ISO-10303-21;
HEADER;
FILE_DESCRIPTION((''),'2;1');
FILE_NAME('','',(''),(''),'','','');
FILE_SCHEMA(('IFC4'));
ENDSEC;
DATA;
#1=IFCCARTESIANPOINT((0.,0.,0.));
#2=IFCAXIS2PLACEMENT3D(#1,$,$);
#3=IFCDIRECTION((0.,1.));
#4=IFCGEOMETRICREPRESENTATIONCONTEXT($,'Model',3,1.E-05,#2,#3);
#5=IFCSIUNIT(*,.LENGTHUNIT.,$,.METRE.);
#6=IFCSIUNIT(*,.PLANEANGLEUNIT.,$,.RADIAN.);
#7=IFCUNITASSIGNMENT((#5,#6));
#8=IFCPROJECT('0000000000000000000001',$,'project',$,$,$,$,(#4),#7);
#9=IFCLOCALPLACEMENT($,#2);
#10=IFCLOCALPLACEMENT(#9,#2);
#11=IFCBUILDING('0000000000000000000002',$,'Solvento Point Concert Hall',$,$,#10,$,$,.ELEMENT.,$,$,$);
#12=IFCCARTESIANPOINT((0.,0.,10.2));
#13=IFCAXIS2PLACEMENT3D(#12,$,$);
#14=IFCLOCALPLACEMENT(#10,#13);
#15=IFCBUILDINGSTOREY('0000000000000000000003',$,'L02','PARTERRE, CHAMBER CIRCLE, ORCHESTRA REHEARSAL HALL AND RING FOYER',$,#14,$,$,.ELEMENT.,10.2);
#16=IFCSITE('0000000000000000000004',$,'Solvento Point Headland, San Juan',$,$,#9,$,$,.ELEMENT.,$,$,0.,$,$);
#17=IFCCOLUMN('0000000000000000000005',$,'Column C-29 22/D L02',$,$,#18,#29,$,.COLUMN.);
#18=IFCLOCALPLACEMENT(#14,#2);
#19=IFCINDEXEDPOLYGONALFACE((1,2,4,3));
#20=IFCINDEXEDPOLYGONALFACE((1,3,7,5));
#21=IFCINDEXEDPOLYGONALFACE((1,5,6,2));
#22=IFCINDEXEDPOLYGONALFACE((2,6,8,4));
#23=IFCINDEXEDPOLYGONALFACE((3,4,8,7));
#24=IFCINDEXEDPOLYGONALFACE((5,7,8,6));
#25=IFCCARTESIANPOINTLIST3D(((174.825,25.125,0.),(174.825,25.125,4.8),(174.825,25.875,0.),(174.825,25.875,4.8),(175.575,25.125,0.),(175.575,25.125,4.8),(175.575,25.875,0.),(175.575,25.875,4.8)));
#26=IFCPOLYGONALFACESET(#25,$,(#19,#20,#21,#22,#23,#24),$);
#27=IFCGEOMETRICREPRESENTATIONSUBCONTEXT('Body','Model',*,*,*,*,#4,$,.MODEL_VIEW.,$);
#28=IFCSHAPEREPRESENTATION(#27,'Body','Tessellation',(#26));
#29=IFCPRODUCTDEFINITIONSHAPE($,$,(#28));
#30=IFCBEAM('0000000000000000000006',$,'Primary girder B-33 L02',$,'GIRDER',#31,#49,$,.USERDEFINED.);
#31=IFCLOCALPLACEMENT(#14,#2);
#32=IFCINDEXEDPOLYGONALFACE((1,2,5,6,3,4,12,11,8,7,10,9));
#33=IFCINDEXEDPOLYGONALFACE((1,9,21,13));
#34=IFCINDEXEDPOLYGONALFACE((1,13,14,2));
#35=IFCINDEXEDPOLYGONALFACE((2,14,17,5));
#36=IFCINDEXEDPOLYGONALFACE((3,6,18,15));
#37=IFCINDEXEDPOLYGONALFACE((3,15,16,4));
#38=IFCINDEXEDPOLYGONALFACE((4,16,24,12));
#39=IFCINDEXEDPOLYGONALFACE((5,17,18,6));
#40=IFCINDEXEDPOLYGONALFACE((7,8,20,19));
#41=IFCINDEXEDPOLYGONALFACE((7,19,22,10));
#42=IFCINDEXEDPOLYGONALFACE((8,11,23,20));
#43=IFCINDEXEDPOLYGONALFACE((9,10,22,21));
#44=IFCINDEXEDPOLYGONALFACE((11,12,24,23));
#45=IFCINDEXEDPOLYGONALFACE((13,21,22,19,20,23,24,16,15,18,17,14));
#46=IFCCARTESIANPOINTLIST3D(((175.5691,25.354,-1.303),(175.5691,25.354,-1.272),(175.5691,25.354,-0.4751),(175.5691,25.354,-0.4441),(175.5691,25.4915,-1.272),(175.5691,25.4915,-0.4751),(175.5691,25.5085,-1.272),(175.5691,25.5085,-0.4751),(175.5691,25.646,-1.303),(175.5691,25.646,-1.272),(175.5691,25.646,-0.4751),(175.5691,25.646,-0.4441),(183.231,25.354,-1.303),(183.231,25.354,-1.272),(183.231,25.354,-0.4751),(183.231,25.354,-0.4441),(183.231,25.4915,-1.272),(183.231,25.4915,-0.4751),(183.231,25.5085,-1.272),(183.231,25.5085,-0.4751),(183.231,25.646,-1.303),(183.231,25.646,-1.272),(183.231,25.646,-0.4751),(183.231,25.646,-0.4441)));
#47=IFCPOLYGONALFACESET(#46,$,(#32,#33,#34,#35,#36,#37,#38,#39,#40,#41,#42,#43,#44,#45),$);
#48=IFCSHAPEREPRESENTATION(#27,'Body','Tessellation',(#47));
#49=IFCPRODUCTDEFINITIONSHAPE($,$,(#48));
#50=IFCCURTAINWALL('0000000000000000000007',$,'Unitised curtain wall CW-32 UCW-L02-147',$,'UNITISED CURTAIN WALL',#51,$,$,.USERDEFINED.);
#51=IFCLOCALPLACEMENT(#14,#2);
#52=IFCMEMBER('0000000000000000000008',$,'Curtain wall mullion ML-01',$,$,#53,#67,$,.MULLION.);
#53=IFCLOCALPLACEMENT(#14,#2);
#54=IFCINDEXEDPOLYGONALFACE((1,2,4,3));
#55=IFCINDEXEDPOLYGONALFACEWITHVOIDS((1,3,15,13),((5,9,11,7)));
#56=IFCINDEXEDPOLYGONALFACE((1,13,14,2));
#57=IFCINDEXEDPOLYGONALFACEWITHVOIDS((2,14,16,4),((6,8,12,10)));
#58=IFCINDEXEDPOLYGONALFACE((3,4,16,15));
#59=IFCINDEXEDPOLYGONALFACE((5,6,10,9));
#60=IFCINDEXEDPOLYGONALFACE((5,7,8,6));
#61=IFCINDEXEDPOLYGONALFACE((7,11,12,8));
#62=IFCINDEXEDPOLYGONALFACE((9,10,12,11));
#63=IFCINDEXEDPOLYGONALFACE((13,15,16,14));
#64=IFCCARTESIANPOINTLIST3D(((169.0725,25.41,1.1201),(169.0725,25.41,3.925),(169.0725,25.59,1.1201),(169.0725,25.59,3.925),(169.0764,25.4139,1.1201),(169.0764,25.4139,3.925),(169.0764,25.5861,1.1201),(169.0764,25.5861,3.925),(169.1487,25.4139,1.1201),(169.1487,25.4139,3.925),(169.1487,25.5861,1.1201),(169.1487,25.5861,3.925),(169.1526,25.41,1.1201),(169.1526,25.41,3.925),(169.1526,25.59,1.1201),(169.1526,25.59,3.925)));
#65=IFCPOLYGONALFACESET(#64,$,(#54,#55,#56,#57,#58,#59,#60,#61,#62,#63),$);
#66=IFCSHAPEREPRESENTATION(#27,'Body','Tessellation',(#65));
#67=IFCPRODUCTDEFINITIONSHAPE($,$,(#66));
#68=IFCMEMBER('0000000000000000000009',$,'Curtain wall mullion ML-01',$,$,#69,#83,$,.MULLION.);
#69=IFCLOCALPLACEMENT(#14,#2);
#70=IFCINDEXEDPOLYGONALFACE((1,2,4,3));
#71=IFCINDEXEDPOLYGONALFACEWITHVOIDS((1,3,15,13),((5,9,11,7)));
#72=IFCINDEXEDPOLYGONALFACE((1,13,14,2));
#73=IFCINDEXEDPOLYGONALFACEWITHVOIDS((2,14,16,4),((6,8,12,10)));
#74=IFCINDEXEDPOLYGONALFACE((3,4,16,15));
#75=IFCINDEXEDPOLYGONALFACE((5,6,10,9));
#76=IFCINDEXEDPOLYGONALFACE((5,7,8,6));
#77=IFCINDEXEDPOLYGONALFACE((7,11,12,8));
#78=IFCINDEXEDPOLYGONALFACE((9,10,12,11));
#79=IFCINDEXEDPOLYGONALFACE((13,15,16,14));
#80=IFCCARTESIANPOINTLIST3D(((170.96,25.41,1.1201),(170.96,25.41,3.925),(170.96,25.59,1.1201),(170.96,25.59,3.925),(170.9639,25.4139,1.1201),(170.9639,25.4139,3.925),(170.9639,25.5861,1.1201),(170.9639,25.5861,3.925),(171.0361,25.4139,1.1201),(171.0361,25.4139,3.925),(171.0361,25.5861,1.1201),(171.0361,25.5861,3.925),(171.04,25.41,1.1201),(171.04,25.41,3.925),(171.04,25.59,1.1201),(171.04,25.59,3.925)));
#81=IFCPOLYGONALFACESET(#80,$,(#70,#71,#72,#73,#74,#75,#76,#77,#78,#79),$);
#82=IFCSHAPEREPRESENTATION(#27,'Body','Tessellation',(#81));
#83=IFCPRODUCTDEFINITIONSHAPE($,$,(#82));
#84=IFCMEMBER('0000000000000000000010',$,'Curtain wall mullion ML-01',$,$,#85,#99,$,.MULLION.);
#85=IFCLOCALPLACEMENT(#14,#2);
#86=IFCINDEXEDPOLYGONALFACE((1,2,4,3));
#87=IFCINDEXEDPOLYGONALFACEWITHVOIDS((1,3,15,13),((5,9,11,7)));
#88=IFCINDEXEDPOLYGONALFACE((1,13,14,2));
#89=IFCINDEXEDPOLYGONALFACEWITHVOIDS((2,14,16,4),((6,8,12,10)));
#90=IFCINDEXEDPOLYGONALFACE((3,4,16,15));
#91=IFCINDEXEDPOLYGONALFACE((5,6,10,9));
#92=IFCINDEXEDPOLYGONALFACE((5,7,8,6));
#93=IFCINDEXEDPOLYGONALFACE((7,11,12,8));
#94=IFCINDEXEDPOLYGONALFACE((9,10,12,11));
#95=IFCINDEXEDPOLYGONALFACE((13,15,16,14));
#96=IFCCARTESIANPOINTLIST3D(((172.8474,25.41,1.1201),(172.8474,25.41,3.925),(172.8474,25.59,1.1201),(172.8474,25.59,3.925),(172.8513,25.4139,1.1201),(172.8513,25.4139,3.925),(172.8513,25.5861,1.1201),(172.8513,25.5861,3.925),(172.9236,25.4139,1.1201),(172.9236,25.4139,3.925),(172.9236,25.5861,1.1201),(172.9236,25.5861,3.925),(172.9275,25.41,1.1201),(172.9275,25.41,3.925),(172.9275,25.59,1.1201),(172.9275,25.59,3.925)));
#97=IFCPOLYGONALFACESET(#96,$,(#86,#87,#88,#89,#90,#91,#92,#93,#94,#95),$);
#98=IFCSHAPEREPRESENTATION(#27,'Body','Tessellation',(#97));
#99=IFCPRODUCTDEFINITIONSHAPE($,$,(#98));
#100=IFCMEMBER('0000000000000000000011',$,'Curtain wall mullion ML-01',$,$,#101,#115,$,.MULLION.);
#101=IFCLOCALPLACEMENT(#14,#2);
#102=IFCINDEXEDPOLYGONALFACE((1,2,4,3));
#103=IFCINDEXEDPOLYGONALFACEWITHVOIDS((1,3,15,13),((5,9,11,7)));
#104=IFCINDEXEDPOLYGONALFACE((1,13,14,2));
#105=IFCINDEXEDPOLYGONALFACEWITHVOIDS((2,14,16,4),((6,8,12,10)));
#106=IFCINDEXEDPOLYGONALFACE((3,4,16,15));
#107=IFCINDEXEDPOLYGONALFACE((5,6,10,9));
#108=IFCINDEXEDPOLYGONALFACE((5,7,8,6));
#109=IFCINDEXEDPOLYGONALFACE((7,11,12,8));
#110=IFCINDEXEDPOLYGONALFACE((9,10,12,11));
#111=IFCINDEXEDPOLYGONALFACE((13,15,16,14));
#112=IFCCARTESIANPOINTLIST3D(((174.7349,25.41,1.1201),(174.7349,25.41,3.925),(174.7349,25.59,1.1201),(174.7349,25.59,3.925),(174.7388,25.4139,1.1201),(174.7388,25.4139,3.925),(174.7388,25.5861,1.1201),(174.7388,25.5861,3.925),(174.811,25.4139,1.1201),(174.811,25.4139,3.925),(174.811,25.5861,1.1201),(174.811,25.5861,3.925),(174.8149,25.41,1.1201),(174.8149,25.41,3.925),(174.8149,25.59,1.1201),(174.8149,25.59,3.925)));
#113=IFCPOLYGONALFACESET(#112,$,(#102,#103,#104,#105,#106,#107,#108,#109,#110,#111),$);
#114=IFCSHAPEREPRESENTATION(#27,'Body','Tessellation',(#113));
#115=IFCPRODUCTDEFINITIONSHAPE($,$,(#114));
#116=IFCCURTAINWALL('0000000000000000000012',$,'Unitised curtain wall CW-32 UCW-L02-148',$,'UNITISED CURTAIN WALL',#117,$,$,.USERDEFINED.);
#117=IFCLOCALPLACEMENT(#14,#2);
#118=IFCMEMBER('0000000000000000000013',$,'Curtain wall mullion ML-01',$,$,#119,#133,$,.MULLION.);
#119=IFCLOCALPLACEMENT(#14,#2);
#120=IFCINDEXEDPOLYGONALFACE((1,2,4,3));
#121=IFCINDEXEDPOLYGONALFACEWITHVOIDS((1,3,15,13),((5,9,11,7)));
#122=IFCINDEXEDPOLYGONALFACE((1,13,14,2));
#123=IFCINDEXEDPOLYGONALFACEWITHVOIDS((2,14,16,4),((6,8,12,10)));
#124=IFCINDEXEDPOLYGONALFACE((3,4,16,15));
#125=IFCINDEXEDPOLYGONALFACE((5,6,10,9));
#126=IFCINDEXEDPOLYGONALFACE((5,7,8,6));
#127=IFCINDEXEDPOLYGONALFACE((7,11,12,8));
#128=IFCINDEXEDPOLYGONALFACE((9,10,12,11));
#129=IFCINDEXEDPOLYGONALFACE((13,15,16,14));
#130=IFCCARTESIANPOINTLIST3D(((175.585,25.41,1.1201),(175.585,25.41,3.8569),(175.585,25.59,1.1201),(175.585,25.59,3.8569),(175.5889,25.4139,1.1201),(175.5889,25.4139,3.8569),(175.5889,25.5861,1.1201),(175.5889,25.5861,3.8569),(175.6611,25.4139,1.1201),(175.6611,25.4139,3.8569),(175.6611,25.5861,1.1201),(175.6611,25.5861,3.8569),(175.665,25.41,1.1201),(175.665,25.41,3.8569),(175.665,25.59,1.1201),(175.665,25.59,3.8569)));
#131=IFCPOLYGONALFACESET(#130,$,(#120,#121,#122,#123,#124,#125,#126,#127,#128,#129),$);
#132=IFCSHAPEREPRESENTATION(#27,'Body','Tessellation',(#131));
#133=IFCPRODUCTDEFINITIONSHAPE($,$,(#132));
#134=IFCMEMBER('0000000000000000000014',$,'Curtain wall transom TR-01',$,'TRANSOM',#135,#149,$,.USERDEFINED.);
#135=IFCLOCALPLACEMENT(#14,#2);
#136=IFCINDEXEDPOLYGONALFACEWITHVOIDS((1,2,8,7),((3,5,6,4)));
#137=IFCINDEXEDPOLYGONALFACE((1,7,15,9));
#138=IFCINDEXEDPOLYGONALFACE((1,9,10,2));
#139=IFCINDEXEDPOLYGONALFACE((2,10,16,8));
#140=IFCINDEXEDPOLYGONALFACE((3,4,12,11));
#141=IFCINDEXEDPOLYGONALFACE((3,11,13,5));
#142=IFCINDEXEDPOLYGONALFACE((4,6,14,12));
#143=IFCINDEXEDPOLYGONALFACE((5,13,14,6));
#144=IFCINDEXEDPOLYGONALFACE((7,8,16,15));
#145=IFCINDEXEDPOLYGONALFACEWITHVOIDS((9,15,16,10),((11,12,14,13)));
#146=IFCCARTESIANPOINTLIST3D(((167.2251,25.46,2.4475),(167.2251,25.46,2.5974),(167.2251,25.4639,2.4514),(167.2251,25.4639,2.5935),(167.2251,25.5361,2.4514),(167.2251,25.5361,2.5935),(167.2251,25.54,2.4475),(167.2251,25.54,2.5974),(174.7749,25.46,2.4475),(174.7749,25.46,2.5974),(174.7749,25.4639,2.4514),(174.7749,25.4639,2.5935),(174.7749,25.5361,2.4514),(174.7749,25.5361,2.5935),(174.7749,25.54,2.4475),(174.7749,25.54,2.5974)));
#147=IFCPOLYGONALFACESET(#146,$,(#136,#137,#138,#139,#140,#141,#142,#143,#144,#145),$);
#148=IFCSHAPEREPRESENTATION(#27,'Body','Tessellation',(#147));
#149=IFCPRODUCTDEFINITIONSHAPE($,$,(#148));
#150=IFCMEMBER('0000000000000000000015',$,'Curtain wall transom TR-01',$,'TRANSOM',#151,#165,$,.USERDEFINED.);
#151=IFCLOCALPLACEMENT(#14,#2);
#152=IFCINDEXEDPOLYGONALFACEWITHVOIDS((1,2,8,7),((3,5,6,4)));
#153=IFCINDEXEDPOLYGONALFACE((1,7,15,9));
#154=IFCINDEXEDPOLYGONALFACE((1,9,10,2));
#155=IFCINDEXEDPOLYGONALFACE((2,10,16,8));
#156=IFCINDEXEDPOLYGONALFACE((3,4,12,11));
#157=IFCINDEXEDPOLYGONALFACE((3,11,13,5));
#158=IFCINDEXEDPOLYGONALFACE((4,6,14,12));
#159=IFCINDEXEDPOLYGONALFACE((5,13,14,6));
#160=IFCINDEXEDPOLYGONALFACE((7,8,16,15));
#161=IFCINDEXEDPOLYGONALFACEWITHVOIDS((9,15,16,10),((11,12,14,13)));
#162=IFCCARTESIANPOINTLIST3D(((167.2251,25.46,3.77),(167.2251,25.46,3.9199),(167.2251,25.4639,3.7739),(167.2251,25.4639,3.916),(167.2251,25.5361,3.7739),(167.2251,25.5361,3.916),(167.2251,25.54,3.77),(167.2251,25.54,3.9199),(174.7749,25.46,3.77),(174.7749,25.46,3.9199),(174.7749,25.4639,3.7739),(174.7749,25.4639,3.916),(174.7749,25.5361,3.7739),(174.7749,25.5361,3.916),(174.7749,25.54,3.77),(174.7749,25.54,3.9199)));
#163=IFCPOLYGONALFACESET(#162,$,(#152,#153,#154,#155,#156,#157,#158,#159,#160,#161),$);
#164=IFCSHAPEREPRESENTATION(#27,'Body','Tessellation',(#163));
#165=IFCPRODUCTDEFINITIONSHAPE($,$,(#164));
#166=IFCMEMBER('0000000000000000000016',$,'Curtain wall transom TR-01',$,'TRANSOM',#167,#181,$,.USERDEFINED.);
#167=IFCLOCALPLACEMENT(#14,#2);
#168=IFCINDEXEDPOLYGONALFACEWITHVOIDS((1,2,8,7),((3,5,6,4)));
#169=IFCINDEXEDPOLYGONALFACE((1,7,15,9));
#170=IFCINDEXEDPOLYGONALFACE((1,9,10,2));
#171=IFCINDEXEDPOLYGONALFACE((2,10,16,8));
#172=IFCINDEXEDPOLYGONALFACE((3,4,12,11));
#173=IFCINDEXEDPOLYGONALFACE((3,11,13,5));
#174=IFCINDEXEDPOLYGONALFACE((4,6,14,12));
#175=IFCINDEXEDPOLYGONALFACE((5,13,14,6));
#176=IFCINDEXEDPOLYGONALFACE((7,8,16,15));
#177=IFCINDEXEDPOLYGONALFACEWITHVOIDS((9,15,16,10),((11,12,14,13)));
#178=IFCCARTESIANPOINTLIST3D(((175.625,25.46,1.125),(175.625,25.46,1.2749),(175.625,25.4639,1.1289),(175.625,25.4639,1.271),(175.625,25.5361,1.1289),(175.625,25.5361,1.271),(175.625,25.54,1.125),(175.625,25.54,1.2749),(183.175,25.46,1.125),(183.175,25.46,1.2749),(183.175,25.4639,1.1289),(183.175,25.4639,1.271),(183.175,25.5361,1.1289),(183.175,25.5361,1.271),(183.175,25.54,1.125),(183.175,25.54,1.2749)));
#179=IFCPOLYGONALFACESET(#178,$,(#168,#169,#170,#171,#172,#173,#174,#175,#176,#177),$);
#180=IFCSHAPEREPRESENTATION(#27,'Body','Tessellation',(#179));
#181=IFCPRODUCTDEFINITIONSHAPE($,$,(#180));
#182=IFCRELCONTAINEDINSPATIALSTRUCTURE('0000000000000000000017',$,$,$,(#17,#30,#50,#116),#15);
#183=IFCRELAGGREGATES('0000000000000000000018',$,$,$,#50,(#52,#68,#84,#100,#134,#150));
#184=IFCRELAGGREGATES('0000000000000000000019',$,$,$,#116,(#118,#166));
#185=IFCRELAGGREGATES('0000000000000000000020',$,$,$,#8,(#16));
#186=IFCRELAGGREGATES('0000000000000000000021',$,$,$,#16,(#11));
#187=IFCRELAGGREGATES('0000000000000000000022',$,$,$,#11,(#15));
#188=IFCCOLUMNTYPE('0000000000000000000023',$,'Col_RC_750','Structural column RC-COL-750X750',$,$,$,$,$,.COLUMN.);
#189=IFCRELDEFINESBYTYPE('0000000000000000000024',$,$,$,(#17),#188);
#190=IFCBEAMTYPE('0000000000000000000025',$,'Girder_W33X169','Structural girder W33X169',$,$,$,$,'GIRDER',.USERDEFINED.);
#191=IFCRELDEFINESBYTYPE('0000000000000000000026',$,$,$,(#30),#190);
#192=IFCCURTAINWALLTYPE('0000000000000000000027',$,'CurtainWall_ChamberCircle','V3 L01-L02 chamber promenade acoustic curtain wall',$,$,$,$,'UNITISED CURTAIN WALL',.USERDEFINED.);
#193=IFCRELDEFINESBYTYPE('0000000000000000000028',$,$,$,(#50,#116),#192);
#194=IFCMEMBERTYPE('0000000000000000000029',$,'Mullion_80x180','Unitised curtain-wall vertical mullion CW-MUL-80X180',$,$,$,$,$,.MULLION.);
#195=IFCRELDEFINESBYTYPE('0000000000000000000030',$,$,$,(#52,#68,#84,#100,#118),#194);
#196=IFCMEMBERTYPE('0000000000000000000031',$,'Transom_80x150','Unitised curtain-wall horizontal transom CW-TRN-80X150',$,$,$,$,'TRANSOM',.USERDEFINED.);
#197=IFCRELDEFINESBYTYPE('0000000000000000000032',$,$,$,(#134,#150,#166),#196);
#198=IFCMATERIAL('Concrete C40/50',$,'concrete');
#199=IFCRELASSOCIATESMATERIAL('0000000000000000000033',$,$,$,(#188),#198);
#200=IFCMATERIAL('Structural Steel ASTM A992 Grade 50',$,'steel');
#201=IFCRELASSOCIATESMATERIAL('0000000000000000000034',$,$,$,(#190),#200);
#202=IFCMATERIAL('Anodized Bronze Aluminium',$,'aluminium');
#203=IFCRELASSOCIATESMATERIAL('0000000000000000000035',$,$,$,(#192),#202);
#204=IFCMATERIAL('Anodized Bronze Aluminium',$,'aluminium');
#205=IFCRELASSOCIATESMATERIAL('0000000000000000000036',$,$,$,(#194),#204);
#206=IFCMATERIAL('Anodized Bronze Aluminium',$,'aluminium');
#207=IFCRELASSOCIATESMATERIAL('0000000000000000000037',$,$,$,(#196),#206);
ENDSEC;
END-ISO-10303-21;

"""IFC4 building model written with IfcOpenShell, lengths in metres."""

from ifc_helpers import new_model, si_unit, direction, frame, origin, origin_2d, place, context, subcontext, project, spatial, rectangle, hollow_rectangle, i_section, extrude, material, material_profile, profile_set, type_object, element, aggregate, save


model = new_model("IFC4")

# Units and contexts
model_context = context("Model", 3, precision=1e-05, world=origin(), true_north=direction((0.0, 1.0)))
body_context = subcontext(model_context, "Body", "Model", "MODEL_VIEW")
ifc_project = project(units=[si_unit("LENGTHUNIT", "METRE"), si_unit("PLANEANGLEUNIT", "RADIAN")], contexts=[model_context])

# Site, building, storey
site_placement = place(None, origin())
site = spatial("IfcSite", under=ifc_project, at=site_placement, Name="Solvento Point Headland, San Juan", CompositionType="ELEMENT", RefElevation=0.0)
building_placement = place(site_placement, origin())
building = spatial("IfcBuilding", under=site, at=building_placement, Name="Solvento Point Concert Hall", CompositionType="ELEMENT")
storey_placement = place(building_placement, frame((0.0, 0.0, 10.2)))
storey = spatial("IfcBuildingStorey", under=building, at=storey_placement, Name="L02", Description="PARTERRE, CHAMBER CIRCLE, ORCHESTRA REHEARSAL HALL AND RING FOYER", CompositionType="ELEMENT", Elevation=10.2)

# Column
ifc_material_1 = material(Name="Concrete C40/50", Category="concrete")
ifc_material_profile_1 = material_profile(ifc_material_1, rectangle(XDim=0.75, YDim=0.75, at=origin_2d()), Name="RC-COL-750X750")
ifc_profile_set_1 = profile_set([ifc_material_profile_1], Name="Concrete C40/50")
column_type = type_object("IfcColumnType", Name="Col_RC_750", Description="Structural column RC-COL-750X750", PredefinedType="COLUMN", material=ifc_profile_set_1)
column_placement = place(storey_placement, frame((175.2, 25.5, 0.0), z_axis=(0.0, 0.0, 1.0), x_axis=(1.0, 0.0, 0.0)))
element("IfcColumn", 1, at=column_placement, inside=storey, type_object=column_type, Name="Column C-29 22/D L02", PredefinedType="COLUMN", context=body_context, shape_type="SweptSolid", body=[
    extrude(rectangle(XDim=0.75, YDim=0.75, at=origin_2d()), origin(), (0.0, 0.0, 1.0), 4.8),
])

# Beam
ifc_material_2 = material(Name="Structural Steel ASTM A992 Grade 50", Category="steel")
ifc_material_profile_2 = material_profile(ifc_material_2, i_section(OverallWidth=0.292, OverallDepth=0.8589, WebThickness=0.0171, FlangeThickness=0.031, at=origin_2d()), Name="W33X169")
ifc_profile_set_2 = profile_set([ifc_material_profile_2], Name="Structural Steel ASTM A992 Grade 50")
beam_type = type_object("IfcBeamType", Name="Girder_W33X169", Description="Structural girder W33X169", ElementType="GIRDER", PredefinedType="USERDEFINED", material=ifc_profile_set_2)
beam_placement = place(storey_placement, frame((175.5691, 25.5, -0.8735), z_axis=(1.0, 0.0, 0.0), x_axis=(0.0, 1.0, 0.0)))
element("IfcBeam", 2, at=beam_placement, inside=storey, type_object=beam_type, Name="Primary girder B-33 L02", ObjectType="GIRDER", PredefinedType="USERDEFINED", context=body_context, shape_type="SweptSolid", body=[
    extrude(i_section(OverallWidth=0.292, OverallDepth=0.8589, WebThickness=0.0171, FlangeThickness=0.031, at=origin_2d()), origin(), (0.0, 0.0, 1.0), 7.6619),
])

# Curtain wall, members
ifc_material_3 = material(Name="Anodized Bronze Aluminium", Category="aluminium")
curtain_wall_type = type_object("IfcCurtainWallType", Name="CurtainWall_ChamberCircle", Description="V3 L01-L02 chamber promenade acoustic curtain wall", ElementType="UNITISED CURTAIN WALL", PredefinedType="USERDEFINED", material=ifc_material_3)
curtain_wall_1_placement = place(storey_placement, origin())
curtain_wall_1 = element("IfcCurtainWall", 3, at=curtain_wall_1_placement, inside=storey, type_object=curtain_wall_type, Name="Unitised curtain wall CW-32 UCW-L02-147", ObjectType="UNITISED CURTAIN WALL", PredefinedType="USERDEFINED")
ifc_material_4 = material(Name="Anodized Bronze Aluminium", Category="aluminium")
ifc_material_profile_3 = material_profile(ifc_material_4, hollow_rectangle(XDim=0.0801, YDim=0.1799, WallThickness=0.0039, at=origin_2d()), Name="CW-MUL-80X180")
ifc_profile_set_3 = profile_set([ifc_material_profile_3], Name="Anodized Bronze Aluminium")
member_type_1 = type_object("IfcMemberType", Name="Mullion_80x180", Description="Unitised curtain-wall vertical mullion CW-MUL-80X180", PredefinedType="MULLION", material=ifc_profile_set_3)
member_1_placement = place(storey_placement, frame((169.1125, 25.5, 1.1201), z_axis=(0.0, 0.0, 1.0), x_axis=(1.0, 0.0, 0.0)))
member_1 = element("IfcMember", 4, at=member_1_placement, type_object=member_type_1, Name="Curtain wall mullion ML-01", PredefinedType="MULLION", context=body_context, shape_type="SweptSolid", body=[
    extrude(hollow_rectangle(XDim=0.0801, YDim=0.1799, WallThickness=0.0039, at=origin_2d()), origin(), (0.0, 0.0, 1.0), 2.8049),
])
member_2_placement = place(storey_placement, frame((171.0, 25.5, 1.1201), z_axis=(0.0, 0.0, 1.0), x_axis=(1.0, 0.0, 0.0)))
member_2 = element("IfcMember", 5, at=member_2_placement, type_object=member_type_1, Name="Curtain wall mullion ML-01", PredefinedType="MULLION", context=body_context, shape_type="SweptSolid", body=[
    extrude(hollow_rectangle(XDim=0.0801, YDim=0.1799, WallThickness=0.0039, at=origin_2d()), origin(), (0.0, 0.0, 1.0), 2.8049),
])
member_3_placement = place(storey_placement, frame((172.8875, 25.5, 1.1201), z_axis=(0.0, 0.0, 1.0), x_axis=(1.0, 0.0, 0.0)))
member_3 = element("IfcMember", 6, at=member_3_placement, type_object=member_type_1, Name="Curtain wall mullion ML-01", PredefinedType="MULLION", context=body_context, shape_type="SweptSolid", body=[
    extrude(hollow_rectangle(XDim=0.0801, YDim=0.1799, WallThickness=0.0039, at=origin_2d()), origin(), (0.0, 0.0, 1.0), 2.8049),
])
member_4_placement = place(storey_placement, frame((174.7749, 25.5, 1.1201), z_axis=(0.0, 0.0, 1.0), x_axis=(1.0, 0.0, 0.0)))
member_4 = element("IfcMember", 7, at=member_4_placement, type_object=member_type_1, Name="Curtain wall mullion ML-01", PredefinedType="MULLION", context=body_context, shape_type="SweptSolid", body=[
    extrude(hollow_rectangle(XDim=0.0801, YDim=0.1799, WallThickness=0.0039, at=origin_2d()), origin(), (0.0, 0.0, 1.0), 2.8049),
])

# Curtain wall, member
curtain_wall_2_placement = place(storey_placement, origin())
curtain_wall_2 = element("IfcCurtainWall", 8, at=curtain_wall_2_placement, inside=storey, type_object=curtain_wall_type, Name="Unitised curtain wall CW-32 UCW-L02-148", ObjectType="UNITISED CURTAIN WALL", PredefinedType="USERDEFINED")
member_5_placement = place(storey_placement, frame((175.625, 25.5, 1.1201), z_axis=(0.0, 0.0, 1.0), x_axis=(1.0, 0.0, 0.0)))
member_5 = element("IfcMember", 9, at=member_5_placement, type_object=member_type_1, Name="Curtain wall mullion ML-01", PredefinedType="MULLION", context=body_context, shape_type="SweptSolid", body=[
    extrude(hollow_rectangle(XDim=0.0801, YDim=0.1799, WallThickness=0.0039, at=origin_2d()), origin(), (0.0, 0.0, 1.0), 2.7368),
])

# Members
ifc_material_5 = material(Name="Anodized Bronze Aluminium", Category="aluminium")
ifc_material_profile_4 = material_profile(ifc_material_5, hollow_rectangle(XDim=0.0801, YDim=0.1499, WallThickness=0.0039, at=origin_2d()), Name="CW-TRN-80X150")
ifc_profile_set_4 = profile_set([ifc_material_profile_4], Name="Anodized Bronze Aluminium")
member_type_2 = type_object("IfcMemberType", Name="Transom_80x150", Description="Unitised curtain-wall horizontal transom CW-TRN-80X150", ElementType="TRANSOM", PredefinedType="USERDEFINED", material=ifc_profile_set_4)
member_6_placement = place(storey_placement, frame((167.2251, 25.5, 2.5225), z_axis=(1.0, 0.0, 0.0), x_axis=(0.0, 1.0, 0.0)))
member_6 = element("IfcMember", 10, at=member_6_placement, type_object=member_type_2, Name="Curtain wall transom TR-01", ObjectType="TRANSOM", PredefinedType="USERDEFINED", context=body_context, shape_type="SweptSolid", body=[
    extrude(hollow_rectangle(XDim=0.0801, YDim=0.1499, WallThickness=0.0039, at=origin_2d()), origin(), (0.0, 0.0, 1.0), 7.5498),
])
member_7_placement = place(storey_placement, frame((167.2251, 25.5, 3.845), z_axis=(1.0, 0.0, 0.0), x_axis=(0.0, 1.0, 0.0)))
member_7 = element("IfcMember", 11, at=member_7_placement, type_object=member_type_2, Name="Curtain wall transom TR-01", ObjectType="TRANSOM", PredefinedType="USERDEFINED", context=body_context, shape_type="SweptSolid", body=[
    extrude(hollow_rectangle(XDim=0.0801, YDim=0.1499, WallThickness=0.0039, at=origin_2d()), origin(), (0.0, 0.0, 1.0), 7.5498),
])
member_8_placement = place(storey_placement, frame((175.625, 25.5, 1.2), z_axis=(1.0, 0.0, 0.0), x_axis=(0.0, 1.0, 0.0)))
member_8 = element("IfcMember", 12, at=member_8_placement, type_object=member_type_2, Name="Curtain wall transom TR-01", ObjectType="TRANSOM", PredefinedType="USERDEFINED", context=body_context, shape_type="SweptSolid", body=[
    extrude(hollow_rectangle(XDim=0.0801, YDim=0.1499, WallThickness=0.0039, at=origin_2d()), origin(), (0.0, 0.0, 1.0), 7.55),
])

aggregate(curtain_wall_1, [member_1, member_2, member_3, member_4, member_6, member_7])
aggregate(curtain_wall_2, [member_5, member_8])

save(model, "model.ifc")
